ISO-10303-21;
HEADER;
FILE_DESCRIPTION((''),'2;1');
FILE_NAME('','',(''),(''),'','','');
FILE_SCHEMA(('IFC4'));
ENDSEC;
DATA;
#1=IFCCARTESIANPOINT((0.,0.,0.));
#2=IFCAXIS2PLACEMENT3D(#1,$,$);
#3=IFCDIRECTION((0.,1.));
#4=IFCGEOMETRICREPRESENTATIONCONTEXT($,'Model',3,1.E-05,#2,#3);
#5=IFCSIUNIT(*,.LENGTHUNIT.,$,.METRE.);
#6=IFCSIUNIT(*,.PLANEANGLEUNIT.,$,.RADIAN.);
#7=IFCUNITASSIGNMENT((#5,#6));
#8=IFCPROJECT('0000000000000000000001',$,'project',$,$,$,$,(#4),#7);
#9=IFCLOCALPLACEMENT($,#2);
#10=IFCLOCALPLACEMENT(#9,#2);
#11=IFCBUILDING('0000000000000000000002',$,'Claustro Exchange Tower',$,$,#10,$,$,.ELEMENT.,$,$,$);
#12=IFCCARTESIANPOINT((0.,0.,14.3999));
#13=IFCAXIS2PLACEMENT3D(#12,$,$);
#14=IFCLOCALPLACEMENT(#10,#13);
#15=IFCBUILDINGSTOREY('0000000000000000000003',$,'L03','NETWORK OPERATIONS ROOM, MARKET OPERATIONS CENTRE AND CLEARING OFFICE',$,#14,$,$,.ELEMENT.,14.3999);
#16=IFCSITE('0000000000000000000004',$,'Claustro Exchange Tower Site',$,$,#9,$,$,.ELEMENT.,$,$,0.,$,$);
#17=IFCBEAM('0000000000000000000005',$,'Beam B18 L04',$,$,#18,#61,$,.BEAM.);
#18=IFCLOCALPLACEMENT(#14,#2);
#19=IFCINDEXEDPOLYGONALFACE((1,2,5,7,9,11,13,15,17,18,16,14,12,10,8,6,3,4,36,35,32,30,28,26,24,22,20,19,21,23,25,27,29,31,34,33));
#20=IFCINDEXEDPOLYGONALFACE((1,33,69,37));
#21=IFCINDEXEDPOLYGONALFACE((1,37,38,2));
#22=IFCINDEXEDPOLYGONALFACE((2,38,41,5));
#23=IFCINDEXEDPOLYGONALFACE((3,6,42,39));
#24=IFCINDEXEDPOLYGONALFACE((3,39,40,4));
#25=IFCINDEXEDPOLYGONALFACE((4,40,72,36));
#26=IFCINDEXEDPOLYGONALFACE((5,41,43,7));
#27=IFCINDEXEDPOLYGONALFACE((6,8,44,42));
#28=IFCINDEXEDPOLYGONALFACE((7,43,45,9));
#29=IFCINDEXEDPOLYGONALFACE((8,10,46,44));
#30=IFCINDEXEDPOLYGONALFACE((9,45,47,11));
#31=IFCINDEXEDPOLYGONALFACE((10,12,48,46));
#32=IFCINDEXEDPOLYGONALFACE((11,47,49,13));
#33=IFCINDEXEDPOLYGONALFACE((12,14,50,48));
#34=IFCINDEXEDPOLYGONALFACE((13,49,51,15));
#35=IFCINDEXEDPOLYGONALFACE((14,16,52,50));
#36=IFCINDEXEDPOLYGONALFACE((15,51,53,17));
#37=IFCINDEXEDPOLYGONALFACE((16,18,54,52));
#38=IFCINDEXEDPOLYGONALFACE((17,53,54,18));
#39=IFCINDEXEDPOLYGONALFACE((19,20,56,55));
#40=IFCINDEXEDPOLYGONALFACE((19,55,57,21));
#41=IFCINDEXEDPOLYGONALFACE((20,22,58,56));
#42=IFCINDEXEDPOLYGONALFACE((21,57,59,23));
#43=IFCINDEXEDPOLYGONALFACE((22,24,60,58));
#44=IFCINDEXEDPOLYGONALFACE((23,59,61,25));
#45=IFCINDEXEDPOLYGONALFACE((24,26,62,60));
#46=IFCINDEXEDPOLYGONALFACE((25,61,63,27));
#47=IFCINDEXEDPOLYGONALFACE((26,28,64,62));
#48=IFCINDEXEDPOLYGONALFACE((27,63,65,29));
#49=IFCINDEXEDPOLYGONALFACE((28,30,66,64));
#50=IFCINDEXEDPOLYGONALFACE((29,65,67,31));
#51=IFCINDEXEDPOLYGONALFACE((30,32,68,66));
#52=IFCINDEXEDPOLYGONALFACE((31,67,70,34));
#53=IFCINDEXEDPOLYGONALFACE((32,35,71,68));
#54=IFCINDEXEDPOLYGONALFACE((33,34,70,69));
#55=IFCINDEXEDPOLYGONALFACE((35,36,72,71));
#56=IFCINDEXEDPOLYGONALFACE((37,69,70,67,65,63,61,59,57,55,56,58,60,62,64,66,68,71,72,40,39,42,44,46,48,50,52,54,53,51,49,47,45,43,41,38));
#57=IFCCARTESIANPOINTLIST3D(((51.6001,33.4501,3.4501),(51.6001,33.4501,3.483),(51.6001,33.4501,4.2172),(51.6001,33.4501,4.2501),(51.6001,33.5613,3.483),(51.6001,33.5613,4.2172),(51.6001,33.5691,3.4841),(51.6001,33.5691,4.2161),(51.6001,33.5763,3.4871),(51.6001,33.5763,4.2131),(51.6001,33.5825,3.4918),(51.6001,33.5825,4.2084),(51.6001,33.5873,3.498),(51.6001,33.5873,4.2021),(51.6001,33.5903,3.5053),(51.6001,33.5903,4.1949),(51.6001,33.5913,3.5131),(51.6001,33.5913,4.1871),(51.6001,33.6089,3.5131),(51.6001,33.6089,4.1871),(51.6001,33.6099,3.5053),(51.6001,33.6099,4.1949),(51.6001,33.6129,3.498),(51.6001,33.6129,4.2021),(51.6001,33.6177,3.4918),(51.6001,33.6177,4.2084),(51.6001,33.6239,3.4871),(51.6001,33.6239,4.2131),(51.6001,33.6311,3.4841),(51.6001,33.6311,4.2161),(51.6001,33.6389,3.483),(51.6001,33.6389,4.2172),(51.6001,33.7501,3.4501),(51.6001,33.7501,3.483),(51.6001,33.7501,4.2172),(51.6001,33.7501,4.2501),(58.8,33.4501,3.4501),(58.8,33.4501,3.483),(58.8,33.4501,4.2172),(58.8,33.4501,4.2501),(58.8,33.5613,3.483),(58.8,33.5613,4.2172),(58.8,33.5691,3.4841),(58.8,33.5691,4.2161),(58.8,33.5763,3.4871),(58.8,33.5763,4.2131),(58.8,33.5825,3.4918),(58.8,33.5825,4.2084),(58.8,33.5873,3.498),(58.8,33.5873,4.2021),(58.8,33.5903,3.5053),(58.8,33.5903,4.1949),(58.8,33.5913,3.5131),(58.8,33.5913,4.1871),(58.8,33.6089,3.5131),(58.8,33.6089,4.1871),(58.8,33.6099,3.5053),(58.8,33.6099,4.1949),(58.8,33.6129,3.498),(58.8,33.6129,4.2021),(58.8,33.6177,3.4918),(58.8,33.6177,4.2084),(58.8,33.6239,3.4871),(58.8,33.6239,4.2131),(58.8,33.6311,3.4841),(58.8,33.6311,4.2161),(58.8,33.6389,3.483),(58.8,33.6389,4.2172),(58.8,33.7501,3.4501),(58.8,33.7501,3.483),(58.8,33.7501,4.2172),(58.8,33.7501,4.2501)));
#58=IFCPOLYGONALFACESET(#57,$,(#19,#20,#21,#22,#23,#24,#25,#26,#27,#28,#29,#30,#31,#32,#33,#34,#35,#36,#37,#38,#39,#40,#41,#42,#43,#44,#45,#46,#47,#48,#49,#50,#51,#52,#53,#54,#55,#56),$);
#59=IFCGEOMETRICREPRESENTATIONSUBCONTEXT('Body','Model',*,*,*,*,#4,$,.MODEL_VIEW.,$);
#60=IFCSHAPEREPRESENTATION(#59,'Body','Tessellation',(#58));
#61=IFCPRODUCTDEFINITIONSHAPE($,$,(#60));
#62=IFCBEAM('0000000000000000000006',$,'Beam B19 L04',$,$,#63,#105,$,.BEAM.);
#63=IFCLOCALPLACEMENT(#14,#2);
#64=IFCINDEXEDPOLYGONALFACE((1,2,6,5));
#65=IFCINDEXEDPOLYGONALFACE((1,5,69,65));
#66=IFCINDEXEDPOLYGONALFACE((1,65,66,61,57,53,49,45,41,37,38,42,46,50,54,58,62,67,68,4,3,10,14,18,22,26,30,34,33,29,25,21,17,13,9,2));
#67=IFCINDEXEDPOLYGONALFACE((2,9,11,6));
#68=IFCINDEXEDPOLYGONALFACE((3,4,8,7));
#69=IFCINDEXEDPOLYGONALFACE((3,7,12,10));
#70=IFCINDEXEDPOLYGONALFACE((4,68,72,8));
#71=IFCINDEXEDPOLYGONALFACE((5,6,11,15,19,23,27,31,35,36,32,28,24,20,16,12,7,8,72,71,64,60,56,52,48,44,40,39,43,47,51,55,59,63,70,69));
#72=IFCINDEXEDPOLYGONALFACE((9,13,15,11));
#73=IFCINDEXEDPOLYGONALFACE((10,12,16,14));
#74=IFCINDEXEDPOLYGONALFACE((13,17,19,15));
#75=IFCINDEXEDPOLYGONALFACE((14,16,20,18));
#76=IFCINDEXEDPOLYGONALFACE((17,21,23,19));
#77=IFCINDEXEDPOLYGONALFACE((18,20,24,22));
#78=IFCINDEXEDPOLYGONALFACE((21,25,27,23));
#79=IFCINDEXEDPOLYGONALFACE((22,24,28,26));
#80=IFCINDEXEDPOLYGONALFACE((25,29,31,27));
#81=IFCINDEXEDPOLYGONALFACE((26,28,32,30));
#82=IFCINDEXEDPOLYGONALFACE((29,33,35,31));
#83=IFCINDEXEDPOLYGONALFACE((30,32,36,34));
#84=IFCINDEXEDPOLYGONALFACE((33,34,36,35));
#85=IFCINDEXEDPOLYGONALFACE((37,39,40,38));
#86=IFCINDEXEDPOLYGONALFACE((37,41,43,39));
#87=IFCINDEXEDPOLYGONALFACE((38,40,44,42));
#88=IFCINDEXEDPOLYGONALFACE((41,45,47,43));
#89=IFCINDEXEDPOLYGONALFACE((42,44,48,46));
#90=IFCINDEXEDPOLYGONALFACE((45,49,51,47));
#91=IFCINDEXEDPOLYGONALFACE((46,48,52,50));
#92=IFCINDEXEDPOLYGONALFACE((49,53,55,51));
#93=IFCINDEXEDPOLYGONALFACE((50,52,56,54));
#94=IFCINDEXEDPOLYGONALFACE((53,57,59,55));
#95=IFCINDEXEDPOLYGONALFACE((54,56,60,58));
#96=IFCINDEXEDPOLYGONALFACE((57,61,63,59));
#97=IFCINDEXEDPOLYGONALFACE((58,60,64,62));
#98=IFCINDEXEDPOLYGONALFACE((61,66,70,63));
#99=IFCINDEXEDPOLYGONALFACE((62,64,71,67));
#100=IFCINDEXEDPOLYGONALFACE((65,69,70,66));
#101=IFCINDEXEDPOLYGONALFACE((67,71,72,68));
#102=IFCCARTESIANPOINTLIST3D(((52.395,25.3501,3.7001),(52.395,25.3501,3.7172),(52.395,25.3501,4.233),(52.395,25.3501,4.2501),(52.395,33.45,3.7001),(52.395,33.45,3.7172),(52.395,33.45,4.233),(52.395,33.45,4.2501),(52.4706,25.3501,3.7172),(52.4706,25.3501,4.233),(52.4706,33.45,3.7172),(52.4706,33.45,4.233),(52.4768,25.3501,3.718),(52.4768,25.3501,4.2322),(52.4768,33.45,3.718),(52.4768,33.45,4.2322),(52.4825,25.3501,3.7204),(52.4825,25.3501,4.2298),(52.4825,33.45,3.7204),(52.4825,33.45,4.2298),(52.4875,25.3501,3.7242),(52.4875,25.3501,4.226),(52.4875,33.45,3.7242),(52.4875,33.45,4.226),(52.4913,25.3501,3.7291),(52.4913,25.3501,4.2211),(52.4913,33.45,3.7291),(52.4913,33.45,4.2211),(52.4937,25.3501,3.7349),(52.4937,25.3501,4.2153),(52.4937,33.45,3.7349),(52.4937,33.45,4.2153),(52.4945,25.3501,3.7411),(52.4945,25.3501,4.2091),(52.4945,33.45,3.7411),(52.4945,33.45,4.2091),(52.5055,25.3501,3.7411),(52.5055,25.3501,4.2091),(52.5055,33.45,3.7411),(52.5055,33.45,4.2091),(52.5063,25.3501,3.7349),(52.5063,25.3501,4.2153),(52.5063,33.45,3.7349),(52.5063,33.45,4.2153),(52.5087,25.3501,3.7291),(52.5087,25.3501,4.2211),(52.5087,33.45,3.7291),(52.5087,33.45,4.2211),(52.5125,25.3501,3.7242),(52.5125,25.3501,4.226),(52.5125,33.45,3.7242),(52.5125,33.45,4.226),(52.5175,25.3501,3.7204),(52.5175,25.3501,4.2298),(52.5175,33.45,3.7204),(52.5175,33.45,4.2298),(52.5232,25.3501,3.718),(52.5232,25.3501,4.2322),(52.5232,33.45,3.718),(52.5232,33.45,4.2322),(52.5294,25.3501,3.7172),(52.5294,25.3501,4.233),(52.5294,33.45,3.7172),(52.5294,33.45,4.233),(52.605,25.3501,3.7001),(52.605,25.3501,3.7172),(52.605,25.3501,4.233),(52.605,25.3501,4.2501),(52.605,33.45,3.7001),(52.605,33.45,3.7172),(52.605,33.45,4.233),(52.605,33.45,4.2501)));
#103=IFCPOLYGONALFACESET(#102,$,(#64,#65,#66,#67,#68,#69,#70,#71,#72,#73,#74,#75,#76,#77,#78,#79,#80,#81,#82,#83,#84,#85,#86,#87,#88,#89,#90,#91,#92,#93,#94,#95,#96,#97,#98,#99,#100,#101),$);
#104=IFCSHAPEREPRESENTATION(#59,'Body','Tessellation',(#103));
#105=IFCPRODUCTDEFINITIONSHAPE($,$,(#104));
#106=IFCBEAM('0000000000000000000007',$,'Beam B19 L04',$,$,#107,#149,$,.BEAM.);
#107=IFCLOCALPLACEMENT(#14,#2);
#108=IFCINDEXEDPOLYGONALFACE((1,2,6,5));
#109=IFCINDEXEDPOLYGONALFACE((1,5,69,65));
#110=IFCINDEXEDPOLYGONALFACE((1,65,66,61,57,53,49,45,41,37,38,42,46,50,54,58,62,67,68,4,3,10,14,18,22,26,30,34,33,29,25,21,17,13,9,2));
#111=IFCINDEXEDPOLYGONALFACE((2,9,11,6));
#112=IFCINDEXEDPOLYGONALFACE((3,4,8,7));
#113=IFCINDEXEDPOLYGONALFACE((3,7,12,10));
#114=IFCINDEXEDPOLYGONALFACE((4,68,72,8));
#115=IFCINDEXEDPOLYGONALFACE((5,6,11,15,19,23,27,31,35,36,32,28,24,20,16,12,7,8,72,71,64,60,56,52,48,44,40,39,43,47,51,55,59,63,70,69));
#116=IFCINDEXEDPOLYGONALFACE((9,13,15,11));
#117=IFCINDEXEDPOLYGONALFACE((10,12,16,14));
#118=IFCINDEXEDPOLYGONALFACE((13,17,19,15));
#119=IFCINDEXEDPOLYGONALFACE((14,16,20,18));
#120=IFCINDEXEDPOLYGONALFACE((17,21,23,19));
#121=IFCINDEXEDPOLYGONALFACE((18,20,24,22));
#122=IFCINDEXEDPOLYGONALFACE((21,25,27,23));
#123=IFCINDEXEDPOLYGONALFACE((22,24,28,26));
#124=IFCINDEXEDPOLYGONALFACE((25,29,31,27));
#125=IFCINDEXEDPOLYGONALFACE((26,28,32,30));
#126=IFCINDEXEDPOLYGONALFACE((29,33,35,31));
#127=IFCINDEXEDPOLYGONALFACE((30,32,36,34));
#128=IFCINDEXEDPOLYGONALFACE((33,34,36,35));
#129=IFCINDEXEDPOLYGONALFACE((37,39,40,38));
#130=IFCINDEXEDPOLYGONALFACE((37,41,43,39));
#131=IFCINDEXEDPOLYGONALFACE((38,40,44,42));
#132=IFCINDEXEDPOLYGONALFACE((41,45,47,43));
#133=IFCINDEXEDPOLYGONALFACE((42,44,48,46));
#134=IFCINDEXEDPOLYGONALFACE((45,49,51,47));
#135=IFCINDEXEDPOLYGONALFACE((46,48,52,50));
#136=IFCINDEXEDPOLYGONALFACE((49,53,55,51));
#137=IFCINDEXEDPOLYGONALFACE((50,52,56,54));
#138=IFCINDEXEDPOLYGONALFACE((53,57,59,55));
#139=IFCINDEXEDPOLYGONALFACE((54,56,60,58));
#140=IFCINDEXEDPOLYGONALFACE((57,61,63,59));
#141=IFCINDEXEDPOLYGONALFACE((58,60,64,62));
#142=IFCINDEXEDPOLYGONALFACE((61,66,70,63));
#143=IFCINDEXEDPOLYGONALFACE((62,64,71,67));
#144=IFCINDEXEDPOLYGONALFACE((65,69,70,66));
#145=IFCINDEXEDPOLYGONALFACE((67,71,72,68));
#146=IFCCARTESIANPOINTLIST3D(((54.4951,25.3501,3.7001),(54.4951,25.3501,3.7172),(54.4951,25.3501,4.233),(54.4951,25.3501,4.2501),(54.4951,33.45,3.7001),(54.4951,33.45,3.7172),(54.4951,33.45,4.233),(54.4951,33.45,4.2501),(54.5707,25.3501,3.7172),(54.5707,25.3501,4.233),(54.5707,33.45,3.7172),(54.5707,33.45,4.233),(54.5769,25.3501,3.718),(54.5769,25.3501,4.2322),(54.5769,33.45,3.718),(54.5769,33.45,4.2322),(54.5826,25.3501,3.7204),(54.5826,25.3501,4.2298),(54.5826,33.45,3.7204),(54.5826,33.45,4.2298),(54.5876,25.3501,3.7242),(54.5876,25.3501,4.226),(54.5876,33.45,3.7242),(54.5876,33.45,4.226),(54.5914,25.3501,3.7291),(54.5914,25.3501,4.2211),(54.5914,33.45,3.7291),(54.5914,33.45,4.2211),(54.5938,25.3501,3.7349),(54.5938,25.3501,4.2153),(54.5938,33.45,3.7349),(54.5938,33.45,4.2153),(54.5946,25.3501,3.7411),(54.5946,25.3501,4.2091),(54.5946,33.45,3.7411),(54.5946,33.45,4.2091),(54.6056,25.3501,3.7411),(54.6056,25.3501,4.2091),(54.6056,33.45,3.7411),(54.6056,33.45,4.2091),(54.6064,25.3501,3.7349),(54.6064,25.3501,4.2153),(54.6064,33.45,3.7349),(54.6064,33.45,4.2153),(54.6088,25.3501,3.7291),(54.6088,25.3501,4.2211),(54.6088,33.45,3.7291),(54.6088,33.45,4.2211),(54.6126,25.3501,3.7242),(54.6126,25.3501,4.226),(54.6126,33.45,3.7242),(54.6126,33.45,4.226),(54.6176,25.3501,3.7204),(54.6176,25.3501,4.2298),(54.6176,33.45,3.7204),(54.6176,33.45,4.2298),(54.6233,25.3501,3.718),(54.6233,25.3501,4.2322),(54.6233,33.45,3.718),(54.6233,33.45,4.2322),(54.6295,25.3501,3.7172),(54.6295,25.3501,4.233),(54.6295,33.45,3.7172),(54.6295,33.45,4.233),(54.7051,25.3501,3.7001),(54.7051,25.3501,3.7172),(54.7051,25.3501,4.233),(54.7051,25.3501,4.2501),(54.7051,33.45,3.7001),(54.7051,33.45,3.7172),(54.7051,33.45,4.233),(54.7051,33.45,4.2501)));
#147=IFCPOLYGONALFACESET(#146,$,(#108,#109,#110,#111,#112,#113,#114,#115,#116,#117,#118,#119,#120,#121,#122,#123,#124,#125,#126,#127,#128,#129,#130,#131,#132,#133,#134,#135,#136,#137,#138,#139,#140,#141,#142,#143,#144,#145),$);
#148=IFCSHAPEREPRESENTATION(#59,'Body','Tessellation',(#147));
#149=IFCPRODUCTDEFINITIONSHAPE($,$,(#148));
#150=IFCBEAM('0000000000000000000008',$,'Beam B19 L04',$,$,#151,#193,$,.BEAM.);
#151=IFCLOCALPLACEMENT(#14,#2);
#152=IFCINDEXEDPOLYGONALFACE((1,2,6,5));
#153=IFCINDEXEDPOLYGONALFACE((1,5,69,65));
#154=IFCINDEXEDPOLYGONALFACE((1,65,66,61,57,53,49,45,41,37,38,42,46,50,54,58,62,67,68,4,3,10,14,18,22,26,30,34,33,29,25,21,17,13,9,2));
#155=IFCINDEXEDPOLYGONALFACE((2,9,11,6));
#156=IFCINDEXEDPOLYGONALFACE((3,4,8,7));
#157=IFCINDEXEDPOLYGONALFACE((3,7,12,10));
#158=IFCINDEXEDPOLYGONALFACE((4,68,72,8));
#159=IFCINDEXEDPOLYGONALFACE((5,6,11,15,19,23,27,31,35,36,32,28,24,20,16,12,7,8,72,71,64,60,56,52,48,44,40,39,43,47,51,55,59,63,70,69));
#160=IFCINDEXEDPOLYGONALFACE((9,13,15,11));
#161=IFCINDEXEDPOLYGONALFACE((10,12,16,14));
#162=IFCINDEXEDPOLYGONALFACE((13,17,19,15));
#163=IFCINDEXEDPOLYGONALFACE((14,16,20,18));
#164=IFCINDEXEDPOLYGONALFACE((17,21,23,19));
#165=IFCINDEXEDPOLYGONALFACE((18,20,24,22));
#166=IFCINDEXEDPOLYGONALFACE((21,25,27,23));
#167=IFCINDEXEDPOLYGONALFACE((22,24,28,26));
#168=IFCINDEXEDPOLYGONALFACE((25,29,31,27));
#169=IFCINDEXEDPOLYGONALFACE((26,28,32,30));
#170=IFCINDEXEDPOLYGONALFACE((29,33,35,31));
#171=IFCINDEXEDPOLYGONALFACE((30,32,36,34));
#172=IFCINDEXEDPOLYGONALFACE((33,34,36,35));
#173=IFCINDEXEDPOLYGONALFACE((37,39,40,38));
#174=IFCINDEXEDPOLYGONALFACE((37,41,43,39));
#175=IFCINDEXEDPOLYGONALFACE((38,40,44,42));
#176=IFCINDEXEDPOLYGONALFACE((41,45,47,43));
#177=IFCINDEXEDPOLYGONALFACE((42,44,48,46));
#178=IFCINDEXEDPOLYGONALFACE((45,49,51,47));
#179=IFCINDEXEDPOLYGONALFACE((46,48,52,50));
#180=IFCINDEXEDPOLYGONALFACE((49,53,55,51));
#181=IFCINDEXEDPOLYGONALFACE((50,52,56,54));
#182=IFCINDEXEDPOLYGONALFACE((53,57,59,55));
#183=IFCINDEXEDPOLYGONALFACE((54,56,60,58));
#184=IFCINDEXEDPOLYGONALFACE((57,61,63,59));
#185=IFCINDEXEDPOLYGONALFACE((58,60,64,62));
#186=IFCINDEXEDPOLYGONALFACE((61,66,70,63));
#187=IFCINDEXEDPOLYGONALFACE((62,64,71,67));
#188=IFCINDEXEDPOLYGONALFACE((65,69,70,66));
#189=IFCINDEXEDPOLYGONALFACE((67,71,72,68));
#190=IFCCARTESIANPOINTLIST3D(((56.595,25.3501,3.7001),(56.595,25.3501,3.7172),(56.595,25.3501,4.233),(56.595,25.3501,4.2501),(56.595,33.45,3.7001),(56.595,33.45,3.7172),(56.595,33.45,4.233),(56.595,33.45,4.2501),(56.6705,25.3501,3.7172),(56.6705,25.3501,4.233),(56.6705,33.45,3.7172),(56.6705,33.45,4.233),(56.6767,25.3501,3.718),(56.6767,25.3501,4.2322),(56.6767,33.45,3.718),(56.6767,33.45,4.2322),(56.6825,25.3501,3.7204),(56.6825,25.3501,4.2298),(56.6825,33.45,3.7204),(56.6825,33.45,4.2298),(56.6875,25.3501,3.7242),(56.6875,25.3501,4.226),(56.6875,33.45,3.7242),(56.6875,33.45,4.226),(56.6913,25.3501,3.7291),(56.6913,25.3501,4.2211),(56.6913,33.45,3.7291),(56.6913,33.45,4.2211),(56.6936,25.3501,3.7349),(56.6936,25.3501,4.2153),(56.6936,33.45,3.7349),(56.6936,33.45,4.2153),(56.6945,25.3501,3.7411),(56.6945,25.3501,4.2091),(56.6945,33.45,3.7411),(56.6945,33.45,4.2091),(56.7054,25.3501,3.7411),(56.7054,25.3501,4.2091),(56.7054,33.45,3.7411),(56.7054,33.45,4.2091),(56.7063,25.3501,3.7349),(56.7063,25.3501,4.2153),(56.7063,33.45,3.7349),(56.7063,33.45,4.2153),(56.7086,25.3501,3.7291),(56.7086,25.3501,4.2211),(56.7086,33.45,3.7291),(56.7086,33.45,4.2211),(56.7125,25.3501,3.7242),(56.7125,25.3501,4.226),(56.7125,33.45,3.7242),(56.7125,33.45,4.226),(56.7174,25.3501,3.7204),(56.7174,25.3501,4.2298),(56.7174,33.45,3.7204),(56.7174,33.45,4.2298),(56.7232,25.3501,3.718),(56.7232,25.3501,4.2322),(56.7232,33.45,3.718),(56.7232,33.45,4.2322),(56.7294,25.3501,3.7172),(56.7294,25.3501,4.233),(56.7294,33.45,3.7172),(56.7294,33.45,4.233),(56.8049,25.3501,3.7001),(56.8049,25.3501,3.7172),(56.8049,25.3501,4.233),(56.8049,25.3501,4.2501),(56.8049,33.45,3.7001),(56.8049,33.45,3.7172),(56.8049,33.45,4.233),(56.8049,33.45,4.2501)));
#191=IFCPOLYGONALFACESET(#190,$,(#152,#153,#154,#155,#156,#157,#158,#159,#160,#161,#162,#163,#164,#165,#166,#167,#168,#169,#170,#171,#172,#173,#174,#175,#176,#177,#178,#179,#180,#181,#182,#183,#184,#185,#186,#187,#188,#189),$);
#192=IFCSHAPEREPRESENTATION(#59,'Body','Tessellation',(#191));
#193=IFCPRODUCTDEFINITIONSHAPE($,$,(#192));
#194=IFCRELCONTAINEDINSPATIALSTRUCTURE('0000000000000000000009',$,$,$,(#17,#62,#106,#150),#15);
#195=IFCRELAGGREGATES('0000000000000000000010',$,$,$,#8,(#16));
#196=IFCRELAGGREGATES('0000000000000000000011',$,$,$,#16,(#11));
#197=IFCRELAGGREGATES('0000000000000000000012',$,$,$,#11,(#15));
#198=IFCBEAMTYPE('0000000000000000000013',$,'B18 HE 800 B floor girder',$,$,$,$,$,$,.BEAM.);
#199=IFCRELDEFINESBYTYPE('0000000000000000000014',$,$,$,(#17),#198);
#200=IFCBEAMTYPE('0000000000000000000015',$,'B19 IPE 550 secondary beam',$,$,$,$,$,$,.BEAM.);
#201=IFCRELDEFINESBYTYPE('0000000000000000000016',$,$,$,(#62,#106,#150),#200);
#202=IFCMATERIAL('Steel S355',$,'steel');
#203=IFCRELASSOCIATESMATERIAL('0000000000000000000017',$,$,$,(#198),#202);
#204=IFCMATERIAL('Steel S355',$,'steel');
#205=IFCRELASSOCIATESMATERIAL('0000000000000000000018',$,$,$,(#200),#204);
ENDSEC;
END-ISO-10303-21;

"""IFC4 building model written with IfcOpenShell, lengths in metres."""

from ifc_helpers import new_model, si_unit, direction, frame, origin, origin_2d, place, context, subcontext, project, spatial, i_section, extrude, material, material_profile, profile_set, type_object, element, save


model = new_model("IFC4")

# Units and contexts
model_context = context("Model", 3, precision=1e-05, world=origin(), true_north=direction((0.0, 1.0)))
body_context = subcontext(model_context, "Body", "Model", "MODEL_VIEW")
ifc_project = project(units=[si_unit("LENGTHUNIT", "METRE"), si_unit("PLANEANGLEUNIT", "RADIAN")], contexts=[model_context])

# Site, building, storey
site_placement = place(None, origin())
site = spatial("IfcSite", under=ifc_project, at=site_placement, Name="Claustro Exchange Tower Site", CompositionType="ELEMENT", RefElevation=0.0)
building_placement = place(site_placement, origin())
building = spatial("IfcBuilding", under=site, at=building_placement, Name="Claustro Exchange Tower", CompositionType="ELEMENT")
storey_placement = place(building_placement, frame((0.0, 0.0, 14.3999)))
storey = spatial("IfcBuildingStorey", under=building, at=storey_placement, Name="L03", Description="NETWORK OPERATIONS ROOM, MARKET OPERATIONS CENTRE AND CLEARING OFFICE", CompositionType="ELEMENT", Elevation=14.3999)

# Beams
ifc_material_1 = material(Name="Steel S355", Category="steel")
ifc_material_profile_1 = material_profile(ifc_material_1, i_section(OverallWidth=0.3, OverallDepth=0.8, WebThickness=0.0176, FlangeThickness=0.033, FilletRadius=0.03, at=origin_2d()), Name="HE 800 B")
ifc_profile_set_1 = profile_set([ifc_material_profile_1], Name="Steel S355")
beam_type_1 = type_object("IfcBeamType", Name="B18 HE 800 B floor girder", PredefinedType="BEAM", material=ifc_profile_set_1)
for number, where, z_axis, x_axis, name in (
    (1, (51.6001, 33.6001, 3.8501), (1.0, 0.0, 0.0), (0.0, 1.0, 0.0), "Beam B18 L04"),
):
    element("IfcBeam", number, at=place(storey_placement, frame(where, z_axis=z_axis, x_axis=x_axis)), inside=storey, type_object=beam_type_1, Name=name, PredefinedType="BEAM", context=body_context, shape_type="SweptSolid", body=[
        extrude(i_section(OverallWidth=0.3, OverallDepth=0.8, WebThickness=0.0176, FlangeThickness=0.033, FilletRadius=0.03, at=origin_2d()), origin(), (0.0, 0.0, 1.0), 7.2),
    ])
ifc_material_2 = material(Name="Steel S355", Category="steel")
ifc_material_profile_2 = material_profile(ifc_material_2, i_section(OverallWidth=0.21, OverallDepth=0.55, WebThickness=0.011, FlangeThickness=0.0171, FilletRadius=0.0239, at=origin_2d()), Name="IPE 550")
ifc_profile_set_2 = profile_set([ifc_material_profile_2], Name="Steel S355")
beam_type_2 = type_object("IfcBeamType", Name="B19 IPE 550 secondary beam", PredefinedType="BEAM", material=ifc_profile_set_2)
for number, where, z_axis, x_axis, name in (
    (2, (52.5, 25.3501, 3.9751), (0.0, 1.0, 0.0), (-1.0, 0.0, 0.0), "Beam B19 L04"),
    (3, (54.6001, 25.3501, 3.9751), (0.0, 1.0, 0.0), (-1.0, 0.0, 0.0), "Beam B19 L04"),
    (4, (56.7, 25.3501, 3.9751), (0.0, 1.0, 0.0), (-1.0, 0.0, 0.0), "Beam B19 L04"),
):
    element("IfcBeam", number, at=place(storey_placement, frame(where, z_axis=z_axis, x_axis=x_axis)), inside=storey, type_object=beam_type_2, Name=name, PredefinedType="BEAM", context=body_context, shape_type="SweptSolid", body=[
        extrude(i_section(OverallWidth=0.21, OverallDepth=0.55, WebThickness=0.011, FlangeThickness=0.0171, FilletRadius=0.0239, at=origin_2d()), origin(), (0.0, 0.0, 1.0), 8.0999),
    ])

save(model, "model.ifc")
